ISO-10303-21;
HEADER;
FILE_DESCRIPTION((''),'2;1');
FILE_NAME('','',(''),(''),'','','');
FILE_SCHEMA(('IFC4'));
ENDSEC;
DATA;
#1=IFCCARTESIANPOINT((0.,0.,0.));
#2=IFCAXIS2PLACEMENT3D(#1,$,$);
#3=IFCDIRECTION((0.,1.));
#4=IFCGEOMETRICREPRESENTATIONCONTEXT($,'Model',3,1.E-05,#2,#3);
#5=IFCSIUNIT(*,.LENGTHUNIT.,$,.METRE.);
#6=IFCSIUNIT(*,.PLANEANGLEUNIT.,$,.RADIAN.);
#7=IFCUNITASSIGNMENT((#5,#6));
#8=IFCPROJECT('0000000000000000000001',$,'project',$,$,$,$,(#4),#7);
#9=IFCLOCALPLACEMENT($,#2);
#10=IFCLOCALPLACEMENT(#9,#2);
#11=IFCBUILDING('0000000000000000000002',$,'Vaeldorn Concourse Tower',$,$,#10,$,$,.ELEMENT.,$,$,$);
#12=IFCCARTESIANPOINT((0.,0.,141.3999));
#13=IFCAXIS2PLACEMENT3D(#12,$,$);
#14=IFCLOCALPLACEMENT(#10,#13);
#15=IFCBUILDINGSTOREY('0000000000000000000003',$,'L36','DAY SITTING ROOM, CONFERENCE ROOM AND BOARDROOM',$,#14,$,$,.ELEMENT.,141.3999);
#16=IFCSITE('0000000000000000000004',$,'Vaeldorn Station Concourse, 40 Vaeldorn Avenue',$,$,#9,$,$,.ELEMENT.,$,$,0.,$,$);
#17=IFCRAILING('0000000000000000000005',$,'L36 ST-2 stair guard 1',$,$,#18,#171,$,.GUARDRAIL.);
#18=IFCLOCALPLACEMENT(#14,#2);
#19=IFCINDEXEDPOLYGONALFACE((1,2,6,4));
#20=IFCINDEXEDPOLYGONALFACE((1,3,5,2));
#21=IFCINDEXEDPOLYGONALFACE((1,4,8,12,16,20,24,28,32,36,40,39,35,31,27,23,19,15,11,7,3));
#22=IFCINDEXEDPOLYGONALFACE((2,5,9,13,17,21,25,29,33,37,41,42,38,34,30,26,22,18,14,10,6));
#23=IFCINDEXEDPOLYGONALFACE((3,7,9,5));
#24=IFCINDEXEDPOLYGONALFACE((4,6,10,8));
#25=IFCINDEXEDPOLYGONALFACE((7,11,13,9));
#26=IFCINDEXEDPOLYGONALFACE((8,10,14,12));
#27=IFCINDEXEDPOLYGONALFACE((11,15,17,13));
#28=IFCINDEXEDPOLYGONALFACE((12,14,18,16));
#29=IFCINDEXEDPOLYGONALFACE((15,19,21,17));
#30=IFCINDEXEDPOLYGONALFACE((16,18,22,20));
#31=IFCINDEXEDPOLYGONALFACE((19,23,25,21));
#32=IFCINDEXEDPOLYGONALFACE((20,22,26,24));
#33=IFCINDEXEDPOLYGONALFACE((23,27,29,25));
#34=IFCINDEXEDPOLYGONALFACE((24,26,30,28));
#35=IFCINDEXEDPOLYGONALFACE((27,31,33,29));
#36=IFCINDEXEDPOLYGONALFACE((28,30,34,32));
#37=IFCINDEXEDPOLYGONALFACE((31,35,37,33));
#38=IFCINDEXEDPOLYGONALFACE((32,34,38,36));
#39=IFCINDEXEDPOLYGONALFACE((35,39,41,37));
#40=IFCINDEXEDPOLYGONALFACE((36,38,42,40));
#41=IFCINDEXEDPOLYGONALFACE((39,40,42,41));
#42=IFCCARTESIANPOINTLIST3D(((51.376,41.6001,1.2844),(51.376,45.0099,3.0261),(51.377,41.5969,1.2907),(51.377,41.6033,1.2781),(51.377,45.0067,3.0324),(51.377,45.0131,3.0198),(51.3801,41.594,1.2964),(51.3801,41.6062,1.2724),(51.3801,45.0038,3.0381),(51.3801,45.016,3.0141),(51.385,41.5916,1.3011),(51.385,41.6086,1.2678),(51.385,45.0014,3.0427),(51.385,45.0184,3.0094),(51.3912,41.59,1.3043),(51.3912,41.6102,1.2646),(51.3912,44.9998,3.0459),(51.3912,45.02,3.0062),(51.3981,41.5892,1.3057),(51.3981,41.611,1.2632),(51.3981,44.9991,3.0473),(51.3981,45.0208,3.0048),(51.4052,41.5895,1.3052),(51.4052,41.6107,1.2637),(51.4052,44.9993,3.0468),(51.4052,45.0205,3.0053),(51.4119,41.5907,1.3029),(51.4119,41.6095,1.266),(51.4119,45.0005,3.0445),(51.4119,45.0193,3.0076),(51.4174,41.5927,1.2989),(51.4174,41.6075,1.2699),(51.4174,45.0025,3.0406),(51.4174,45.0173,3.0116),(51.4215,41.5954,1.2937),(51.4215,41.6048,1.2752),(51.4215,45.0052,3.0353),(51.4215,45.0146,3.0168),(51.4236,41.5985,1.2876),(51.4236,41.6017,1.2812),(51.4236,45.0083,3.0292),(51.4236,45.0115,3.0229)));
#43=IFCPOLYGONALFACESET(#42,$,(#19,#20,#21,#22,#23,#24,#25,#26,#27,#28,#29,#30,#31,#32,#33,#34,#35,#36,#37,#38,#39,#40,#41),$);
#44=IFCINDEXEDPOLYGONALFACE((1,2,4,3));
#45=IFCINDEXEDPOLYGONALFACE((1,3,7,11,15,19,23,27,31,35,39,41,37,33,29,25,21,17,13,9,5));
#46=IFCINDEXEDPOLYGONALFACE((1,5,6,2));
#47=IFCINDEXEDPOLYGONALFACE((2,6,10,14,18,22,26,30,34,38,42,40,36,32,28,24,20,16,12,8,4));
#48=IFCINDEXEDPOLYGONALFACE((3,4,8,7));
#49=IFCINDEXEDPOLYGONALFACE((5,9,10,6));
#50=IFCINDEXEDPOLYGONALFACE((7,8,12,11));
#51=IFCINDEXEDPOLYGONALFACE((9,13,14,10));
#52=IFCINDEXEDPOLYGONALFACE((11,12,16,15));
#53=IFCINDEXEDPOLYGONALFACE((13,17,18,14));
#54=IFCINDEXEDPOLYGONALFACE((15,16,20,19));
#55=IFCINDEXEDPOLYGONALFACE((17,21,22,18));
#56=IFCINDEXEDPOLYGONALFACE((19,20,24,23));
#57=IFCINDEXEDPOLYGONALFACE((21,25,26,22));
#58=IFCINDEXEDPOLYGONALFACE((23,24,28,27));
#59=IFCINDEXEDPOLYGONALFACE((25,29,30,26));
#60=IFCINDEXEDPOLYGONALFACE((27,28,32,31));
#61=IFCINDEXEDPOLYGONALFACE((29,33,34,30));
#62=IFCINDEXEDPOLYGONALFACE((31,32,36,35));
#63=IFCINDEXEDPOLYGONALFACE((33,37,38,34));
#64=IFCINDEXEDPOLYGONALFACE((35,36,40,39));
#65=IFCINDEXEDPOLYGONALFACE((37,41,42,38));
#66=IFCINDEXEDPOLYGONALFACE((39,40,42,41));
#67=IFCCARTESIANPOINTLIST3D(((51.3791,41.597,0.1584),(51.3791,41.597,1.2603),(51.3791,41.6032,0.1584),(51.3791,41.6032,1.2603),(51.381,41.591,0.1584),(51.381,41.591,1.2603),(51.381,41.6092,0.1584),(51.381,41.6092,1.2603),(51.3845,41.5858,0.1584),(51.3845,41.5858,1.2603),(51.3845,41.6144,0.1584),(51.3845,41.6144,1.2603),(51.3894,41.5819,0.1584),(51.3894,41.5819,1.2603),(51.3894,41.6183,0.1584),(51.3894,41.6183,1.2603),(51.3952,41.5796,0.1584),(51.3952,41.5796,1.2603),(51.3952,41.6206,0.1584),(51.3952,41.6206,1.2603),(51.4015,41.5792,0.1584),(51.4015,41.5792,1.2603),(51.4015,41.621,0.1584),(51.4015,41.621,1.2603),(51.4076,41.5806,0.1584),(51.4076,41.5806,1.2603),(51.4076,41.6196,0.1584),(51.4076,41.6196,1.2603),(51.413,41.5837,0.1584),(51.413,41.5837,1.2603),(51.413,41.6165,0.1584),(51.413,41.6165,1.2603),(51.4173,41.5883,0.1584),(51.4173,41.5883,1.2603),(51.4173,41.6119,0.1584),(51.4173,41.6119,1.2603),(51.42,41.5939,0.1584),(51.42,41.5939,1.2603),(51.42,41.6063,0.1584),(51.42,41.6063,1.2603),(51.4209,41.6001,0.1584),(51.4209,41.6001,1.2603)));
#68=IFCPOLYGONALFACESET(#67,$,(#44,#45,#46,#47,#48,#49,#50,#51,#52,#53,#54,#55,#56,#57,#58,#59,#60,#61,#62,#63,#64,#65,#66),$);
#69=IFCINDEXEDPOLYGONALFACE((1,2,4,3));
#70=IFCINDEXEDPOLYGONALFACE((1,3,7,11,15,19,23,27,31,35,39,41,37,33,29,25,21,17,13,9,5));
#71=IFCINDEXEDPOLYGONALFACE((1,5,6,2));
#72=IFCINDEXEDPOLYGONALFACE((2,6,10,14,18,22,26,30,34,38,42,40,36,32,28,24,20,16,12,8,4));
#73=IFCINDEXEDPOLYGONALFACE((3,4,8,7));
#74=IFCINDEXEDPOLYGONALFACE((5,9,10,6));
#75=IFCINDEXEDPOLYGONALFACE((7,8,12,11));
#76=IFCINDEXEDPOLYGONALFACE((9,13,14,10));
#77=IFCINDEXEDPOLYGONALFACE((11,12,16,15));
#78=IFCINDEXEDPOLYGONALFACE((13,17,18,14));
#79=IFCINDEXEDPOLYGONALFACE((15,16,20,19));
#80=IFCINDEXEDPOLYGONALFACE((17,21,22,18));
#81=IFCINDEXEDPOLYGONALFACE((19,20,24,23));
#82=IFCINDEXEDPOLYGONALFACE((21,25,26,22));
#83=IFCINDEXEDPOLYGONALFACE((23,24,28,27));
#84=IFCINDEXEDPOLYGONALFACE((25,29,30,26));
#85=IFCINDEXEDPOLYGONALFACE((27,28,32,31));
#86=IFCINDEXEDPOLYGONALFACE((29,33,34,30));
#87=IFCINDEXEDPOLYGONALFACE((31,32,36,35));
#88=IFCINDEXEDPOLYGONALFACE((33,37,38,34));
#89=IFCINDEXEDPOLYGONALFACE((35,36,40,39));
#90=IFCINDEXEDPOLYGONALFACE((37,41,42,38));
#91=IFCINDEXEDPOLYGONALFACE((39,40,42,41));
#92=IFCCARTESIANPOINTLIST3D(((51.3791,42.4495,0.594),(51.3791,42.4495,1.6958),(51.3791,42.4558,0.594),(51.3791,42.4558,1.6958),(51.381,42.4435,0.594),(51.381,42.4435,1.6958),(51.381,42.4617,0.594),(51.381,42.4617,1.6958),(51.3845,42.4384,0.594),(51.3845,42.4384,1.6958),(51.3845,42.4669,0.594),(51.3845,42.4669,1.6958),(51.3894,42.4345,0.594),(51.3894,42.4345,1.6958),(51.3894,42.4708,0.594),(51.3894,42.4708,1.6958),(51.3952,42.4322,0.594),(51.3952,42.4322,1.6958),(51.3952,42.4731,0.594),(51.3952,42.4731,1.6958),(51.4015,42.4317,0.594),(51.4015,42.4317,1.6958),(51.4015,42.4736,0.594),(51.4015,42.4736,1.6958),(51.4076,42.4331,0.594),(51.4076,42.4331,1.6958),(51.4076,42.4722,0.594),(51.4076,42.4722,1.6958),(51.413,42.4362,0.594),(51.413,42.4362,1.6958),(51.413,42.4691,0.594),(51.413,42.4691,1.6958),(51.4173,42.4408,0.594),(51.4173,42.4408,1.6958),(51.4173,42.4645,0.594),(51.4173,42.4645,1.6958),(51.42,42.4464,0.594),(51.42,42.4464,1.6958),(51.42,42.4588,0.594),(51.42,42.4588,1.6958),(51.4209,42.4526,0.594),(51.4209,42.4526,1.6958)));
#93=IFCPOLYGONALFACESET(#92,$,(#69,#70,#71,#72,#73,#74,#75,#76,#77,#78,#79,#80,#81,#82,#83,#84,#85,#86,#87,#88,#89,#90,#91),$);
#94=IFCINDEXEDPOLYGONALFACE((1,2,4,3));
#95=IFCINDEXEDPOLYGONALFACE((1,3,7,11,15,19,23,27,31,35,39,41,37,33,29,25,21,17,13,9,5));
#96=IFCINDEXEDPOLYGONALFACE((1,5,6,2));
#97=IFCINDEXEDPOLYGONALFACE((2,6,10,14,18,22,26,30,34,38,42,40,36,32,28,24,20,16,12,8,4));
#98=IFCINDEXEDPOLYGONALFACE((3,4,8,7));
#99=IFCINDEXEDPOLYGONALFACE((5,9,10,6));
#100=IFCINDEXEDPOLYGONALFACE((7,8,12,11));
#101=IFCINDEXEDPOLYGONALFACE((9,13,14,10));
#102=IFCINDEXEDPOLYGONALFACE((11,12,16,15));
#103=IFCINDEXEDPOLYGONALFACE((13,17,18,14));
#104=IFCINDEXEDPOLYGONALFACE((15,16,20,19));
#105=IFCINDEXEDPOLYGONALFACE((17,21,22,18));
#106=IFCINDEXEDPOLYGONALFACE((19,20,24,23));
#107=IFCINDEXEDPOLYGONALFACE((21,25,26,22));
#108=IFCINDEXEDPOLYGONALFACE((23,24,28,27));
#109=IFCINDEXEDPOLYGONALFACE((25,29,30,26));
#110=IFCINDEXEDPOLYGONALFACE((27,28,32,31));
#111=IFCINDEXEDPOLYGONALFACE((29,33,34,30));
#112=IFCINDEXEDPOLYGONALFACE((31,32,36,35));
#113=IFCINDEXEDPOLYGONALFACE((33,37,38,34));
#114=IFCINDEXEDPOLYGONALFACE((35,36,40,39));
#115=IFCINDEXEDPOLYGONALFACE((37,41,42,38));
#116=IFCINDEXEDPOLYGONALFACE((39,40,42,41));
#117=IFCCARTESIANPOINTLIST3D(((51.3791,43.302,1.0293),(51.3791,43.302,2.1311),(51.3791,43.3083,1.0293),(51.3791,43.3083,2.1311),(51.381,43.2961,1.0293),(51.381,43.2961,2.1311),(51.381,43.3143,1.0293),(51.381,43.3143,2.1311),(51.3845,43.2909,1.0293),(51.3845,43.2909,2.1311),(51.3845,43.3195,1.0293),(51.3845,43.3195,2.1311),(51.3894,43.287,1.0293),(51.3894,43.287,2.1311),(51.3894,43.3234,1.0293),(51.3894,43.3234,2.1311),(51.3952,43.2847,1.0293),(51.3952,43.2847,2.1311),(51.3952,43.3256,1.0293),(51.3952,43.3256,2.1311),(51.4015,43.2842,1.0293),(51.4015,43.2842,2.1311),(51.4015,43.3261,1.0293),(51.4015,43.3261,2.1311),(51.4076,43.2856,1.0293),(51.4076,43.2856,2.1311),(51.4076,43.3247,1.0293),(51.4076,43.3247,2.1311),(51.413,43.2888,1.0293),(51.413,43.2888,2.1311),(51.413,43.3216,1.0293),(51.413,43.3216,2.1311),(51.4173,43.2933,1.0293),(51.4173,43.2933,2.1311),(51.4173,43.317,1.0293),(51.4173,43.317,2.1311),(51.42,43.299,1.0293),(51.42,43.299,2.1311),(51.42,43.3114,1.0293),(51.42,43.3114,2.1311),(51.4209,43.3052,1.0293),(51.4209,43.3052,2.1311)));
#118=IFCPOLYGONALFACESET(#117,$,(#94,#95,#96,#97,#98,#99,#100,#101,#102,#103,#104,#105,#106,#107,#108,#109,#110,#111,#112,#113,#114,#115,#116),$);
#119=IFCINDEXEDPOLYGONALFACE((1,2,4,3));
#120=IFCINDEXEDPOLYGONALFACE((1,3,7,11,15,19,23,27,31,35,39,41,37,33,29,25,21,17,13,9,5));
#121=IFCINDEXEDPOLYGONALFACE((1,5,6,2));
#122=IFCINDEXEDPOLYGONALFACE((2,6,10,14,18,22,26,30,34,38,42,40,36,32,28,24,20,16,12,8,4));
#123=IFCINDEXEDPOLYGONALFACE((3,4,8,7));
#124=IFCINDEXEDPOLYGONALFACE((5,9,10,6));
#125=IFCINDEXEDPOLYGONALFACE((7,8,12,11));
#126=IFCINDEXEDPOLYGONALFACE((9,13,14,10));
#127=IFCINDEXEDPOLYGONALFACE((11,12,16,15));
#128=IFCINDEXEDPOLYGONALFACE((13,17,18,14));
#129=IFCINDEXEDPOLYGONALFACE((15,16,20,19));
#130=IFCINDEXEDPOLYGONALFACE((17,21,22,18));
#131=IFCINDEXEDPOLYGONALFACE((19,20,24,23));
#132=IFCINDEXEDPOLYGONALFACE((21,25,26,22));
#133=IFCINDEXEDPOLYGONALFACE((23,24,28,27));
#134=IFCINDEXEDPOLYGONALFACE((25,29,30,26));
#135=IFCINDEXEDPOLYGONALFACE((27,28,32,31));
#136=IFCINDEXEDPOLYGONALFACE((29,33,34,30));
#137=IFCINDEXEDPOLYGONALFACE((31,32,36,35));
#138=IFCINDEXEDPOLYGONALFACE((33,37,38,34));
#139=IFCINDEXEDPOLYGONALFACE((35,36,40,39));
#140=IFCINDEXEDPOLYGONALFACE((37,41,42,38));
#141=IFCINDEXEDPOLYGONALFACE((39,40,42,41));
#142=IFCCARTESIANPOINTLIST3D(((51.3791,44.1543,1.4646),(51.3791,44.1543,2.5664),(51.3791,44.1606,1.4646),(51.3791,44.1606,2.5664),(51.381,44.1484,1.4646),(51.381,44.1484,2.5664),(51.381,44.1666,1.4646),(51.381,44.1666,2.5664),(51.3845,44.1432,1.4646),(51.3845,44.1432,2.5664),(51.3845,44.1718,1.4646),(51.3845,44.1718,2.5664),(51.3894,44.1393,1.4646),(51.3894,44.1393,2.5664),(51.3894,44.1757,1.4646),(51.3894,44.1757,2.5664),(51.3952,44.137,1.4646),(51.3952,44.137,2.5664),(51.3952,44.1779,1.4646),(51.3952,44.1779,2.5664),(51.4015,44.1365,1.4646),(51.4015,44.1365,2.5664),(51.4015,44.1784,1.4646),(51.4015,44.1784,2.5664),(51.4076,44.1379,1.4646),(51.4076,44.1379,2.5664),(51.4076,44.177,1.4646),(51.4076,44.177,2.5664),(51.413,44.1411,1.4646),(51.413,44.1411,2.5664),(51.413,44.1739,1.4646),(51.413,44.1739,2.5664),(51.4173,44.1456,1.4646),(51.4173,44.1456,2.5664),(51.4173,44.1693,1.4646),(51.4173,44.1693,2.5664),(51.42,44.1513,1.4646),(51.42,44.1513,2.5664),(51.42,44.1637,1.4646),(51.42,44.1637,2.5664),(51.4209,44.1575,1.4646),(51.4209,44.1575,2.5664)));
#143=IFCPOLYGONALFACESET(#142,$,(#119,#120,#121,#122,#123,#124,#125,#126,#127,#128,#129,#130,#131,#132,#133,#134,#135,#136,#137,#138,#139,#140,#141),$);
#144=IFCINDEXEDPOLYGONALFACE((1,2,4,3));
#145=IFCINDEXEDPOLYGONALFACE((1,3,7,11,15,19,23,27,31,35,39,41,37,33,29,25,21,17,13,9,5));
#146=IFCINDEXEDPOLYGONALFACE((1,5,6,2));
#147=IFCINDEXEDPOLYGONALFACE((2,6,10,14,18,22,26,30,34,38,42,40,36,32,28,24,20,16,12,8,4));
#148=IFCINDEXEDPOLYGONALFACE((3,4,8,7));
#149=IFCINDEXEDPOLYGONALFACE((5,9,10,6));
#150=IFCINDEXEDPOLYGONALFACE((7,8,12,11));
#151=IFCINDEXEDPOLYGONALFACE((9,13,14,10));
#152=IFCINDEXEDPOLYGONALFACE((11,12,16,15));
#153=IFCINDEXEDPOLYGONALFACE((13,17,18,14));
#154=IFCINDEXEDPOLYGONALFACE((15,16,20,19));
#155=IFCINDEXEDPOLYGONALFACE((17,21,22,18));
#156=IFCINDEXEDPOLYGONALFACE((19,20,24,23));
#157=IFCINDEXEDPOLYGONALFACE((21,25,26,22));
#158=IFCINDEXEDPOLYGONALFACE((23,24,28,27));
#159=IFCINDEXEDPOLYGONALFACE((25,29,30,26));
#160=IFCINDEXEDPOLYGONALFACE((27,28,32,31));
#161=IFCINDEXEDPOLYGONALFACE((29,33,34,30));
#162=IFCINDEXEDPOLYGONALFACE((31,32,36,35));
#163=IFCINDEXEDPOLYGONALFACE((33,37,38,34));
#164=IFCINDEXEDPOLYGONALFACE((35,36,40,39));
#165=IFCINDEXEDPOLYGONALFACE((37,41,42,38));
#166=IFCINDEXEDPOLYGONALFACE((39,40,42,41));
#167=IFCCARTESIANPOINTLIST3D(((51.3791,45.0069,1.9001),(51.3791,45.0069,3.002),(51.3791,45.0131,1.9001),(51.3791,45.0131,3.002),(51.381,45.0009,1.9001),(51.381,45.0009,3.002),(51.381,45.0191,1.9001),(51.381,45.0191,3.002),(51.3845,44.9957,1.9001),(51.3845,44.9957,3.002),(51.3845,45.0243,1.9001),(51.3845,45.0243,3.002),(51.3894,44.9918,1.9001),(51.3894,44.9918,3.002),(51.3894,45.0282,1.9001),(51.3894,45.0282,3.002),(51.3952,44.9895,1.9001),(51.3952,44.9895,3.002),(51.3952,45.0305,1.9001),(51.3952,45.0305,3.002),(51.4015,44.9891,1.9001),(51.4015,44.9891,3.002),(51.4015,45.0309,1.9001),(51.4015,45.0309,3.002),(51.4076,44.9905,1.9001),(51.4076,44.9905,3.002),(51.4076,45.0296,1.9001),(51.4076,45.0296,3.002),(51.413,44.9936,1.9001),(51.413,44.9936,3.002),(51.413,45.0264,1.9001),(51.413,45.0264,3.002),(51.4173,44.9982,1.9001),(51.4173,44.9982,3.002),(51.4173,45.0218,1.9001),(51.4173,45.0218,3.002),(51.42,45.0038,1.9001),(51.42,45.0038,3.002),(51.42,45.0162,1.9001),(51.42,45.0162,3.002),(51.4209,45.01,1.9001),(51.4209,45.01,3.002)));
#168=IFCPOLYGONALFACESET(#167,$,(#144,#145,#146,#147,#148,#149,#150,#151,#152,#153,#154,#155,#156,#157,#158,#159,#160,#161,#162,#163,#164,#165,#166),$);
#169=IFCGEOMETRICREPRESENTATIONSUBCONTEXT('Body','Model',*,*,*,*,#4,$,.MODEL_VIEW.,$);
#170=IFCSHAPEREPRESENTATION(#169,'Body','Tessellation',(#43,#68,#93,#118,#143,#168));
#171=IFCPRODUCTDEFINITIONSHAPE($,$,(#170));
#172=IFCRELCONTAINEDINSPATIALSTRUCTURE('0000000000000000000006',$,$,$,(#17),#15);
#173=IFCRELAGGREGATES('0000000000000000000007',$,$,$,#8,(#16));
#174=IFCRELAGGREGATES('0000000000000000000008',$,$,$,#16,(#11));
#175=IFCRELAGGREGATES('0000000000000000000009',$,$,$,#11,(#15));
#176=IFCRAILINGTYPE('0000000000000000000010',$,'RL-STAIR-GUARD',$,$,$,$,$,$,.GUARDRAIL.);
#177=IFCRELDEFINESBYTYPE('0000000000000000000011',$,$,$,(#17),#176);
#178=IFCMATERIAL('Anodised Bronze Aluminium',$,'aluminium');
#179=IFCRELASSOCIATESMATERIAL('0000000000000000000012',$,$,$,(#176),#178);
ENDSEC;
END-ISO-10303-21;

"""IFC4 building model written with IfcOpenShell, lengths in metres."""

from ifc_helpers import new_model, si_unit, direction, frame, origin, origin_2d, place, context, subcontext, project, spatial, circle, extrude, material, type_object, element, save


model = new_model("IFC4")

# Units and contexts
model_context = context("Model", 3, precision=1e-05, world=origin(), true_north=direction((0.0, 1.0)))
body_context = subcontext(model_context, "Body", "Model", "MODEL_VIEW")
ifc_project = project(units=[si_unit("LENGTHUNIT", "METRE"), si_unit("PLANEANGLEUNIT", "RADIAN")], contexts=[model_context])

# Site, building, storey
site_placement = place(None, origin())
site = spatial("IfcSite", under=ifc_project, at=site_placement, Name="Vaeldorn Station Concourse, 40 Vaeldorn Avenue", CompositionType="ELEMENT", RefElevation=0.0)
building_placement = place(site_placement, origin())
building = spatial("IfcBuilding", under=site, at=building_placement, Name="Vaeldorn Concourse Tower", CompositionType="ELEMENT")
storey_placement = place(building_placement, frame((0.0, 0.0, 141.3999)))
storey = spatial("IfcBuildingStorey", under=building, at=storey_placement, Name="L36", Description="DAY SITTING ROOM, CONFERENCE ROOM AND BOARDROOM", CompositionType="ELEMENT", Elevation=141.3999)

# Shared definitions
ifc_material_1 = material(Name="Anodised Bronze Aluminium", Category="aluminium")

# Railing
railing_type_1 = type_object("IfcRailingType", Name="RL-STAIR-GUARD", PredefinedType="GUARDRAIL", material=ifc_material_1)
railing_1_placement = place(storey_placement, frame((51.3999, 41.6001, 0.1584)))
element("IfcRailing", 1, at=railing_1_placement, inside=storey, type_object=railing_type_1, Name="L36 ST-2 stair guard 1", PredefinedType="GUARDRAIL", context=body_context, shape_type="SweptSolid", body=[
    extrude(circle(Radius=0.0239, at=origin_2d()), frame((0.0, 0.0, 1.126), z_axis=(0.0, 0.890556, 0.454874), x_axis=(-1.0, 0.0, 0.0)), (0.0, 0.0, 1.0), 3.8289),
    extrude(circle(Radius=0.021, at=origin_2d()), origin(), (0.0, 0.0, 1.0), 1.1018),
    extrude(circle(Radius=0.021, at=origin_2d()), frame((0.0, 0.8525, 0.4355)), (0.0, 0.0, 1.0), 1.1018),
    extrude(circle(Radius=0.021, at=origin_2d()), frame((0.0, 1.7051, 0.8708)), (0.0, 0.0, 1.0), 1.1018),
    extrude(circle(Radius=0.021, at=origin_2d()), frame((0.0, 2.5574, 1.3062)), (0.0, 0.0, 1.0), 1.1018),
    extrude(circle(Radius=0.021, at=origin_2d()), frame((0.0, 3.4099, 1.7417)), (0.0, 0.0, 1.0), 1.1018),
])

save(model, "model.ifc")
